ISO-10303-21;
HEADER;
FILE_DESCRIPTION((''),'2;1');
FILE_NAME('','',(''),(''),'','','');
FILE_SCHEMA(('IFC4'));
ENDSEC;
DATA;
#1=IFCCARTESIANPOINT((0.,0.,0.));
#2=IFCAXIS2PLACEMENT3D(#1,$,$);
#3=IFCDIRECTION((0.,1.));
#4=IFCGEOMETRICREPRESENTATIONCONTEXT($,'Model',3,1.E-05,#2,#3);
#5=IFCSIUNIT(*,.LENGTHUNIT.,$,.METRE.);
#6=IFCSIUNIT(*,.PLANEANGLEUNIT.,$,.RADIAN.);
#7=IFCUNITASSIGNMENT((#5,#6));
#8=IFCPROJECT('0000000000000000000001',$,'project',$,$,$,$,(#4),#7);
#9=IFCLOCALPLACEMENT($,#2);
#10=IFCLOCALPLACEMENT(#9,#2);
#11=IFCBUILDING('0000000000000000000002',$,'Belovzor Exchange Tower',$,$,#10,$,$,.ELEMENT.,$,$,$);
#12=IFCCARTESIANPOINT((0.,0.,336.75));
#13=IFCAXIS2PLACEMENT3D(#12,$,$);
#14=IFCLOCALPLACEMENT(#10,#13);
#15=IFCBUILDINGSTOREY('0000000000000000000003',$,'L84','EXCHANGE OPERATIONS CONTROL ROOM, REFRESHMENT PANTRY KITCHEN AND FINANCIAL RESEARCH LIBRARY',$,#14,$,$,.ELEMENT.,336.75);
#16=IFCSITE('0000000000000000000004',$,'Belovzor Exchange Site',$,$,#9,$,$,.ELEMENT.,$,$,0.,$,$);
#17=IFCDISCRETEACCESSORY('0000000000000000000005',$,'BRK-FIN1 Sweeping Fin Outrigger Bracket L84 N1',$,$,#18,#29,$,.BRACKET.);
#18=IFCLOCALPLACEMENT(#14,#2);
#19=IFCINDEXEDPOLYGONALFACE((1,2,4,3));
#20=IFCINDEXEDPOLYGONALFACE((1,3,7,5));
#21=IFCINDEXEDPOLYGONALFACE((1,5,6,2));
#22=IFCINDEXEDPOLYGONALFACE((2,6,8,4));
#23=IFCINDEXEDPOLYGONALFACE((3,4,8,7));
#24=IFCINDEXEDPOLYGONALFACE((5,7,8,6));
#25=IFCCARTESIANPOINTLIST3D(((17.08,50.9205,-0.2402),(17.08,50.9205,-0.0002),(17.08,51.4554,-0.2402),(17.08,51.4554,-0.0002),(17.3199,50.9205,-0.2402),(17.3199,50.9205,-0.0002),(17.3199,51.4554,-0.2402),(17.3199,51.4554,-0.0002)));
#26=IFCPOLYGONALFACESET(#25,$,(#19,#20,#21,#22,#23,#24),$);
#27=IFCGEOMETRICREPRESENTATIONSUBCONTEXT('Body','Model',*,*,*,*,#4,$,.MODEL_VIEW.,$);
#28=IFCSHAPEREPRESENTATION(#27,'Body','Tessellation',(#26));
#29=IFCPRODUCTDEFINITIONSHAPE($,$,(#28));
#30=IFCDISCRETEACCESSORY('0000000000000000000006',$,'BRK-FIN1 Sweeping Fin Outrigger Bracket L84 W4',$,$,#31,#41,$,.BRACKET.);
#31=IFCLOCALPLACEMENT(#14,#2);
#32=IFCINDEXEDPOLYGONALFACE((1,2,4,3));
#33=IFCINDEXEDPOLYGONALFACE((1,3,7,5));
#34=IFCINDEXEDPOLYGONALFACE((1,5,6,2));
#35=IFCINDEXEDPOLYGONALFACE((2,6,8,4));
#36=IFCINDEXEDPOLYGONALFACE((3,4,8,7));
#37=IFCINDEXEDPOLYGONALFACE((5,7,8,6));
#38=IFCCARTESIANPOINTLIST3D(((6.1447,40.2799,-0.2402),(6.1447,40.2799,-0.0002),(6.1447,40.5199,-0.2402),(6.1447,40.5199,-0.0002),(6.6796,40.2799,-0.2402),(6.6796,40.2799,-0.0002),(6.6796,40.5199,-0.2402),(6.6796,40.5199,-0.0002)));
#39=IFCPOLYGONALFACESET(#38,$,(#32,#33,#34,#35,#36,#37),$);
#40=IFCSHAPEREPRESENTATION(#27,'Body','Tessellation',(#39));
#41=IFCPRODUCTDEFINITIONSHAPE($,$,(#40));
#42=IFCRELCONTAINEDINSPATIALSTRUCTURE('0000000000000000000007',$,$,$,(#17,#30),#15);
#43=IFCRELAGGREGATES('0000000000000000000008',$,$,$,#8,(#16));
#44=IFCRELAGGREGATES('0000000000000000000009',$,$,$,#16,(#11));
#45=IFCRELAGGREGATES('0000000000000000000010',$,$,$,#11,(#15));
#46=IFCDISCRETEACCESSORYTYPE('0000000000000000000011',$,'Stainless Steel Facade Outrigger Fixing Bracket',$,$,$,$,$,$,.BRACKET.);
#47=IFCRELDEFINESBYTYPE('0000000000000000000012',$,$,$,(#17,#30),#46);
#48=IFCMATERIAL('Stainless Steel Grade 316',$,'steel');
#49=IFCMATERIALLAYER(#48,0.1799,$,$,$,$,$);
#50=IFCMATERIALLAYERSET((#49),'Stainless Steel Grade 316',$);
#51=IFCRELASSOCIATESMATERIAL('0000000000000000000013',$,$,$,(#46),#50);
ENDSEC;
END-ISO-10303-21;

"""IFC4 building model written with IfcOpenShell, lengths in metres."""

from ifc_helpers import new_model, si_unit, direction, frame, origin, origin_2d, place, context, subcontext, project, spatial, rectangle, extrude, material, layer, layer_set, type_object, element, save


model = new_model("IFC4")

# Units and contexts
model_context = context("Model", 3, precision=1e-05, world=origin(), true_north=direction((0.0, 1.0)))
body_context = subcontext(model_context, "Body", "Model", "MODEL_VIEW")
ifc_project = project(units=[si_unit("LENGTHUNIT", "METRE"), si_unit("PLANEANGLEUNIT", "RADIAN")], contexts=[model_context])

# Site, building, storey
site_placement = place(None, origin())
site = spatial("IfcSite", under=ifc_project, at=site_placement, Name="Belovzor Exchange Site", CompositionType="ELEMENT", RefElevation=0.0)
building_placement = place(site_placement, origin())
building = spatial("IfcBuilding", under=site, at=building_placement, Name="Belovzor Exchange Tower", CompositionType="ELEMENT")
storey_placement = place(building_placement, frame((0.0, 0.0, 336.75)))
storey = spatial("IfcBuildingStorey", under=building, at=storey_placement, Name="L84", Description="EXCHANGE OPERATIONS CONTROL ROOM, REFRESHMENT PANTRY KITCHEN AND FINANCIAL RESEARCH LIBRARY", CompositionType="ELEMENT", Elevation=336.75)

# Discrete accessories
ifc_material_1 = material(Name="Stainless Steel Grade 316", Category="steel")
ifc_layer_1 = layer(ifc_material_1, 0.1799)
ifc_layer_set_1 = layer_set([ifc_layer_1], Name="Stainless Steel Grade 316")
discrete_accessory_type = type_object("IfcDiscreteAccessoryType", Name="Stainless Steel Facade Outrigger Fixing Bracket", PredefinedType="BRACKET", material=ifc_layer_set_1)
for number, where, z_axis, x_axis, name in (
    (1, (17.2, 51.188, -0.2402), (0.0, 0.0, 1.0), (0.0, 1.0, 0.0), "BRK-FIN1 Sweeping Fin Outrigger Bracket L84 N1"),
    (2, (6.4121, 40.3999, -0.2402), (0.0, 0.0, 1.0), (1.0, 0.0, 0.0), "BRK-FIN1 Sweeping Fin Outrigger Bracket L84 W4"),
):
    element("IfcDiscreteAccessory", number, at=place(storey_placement, frame(where, z_axis=z_axis, x_axis=x_axis)), inside=storey, type_object=discrete_accessory_type, Name=name, PredefinedType="BRACKET", context=body_context, shape_type="SweptSolid", body=[
        extrude(rectangle(XDim=0.5349, YDim=0.24, at=origin_2d()), origin(), (0.0, 0.0, 1.0), 0.24),
    ])

save(model, "model.ifc")
